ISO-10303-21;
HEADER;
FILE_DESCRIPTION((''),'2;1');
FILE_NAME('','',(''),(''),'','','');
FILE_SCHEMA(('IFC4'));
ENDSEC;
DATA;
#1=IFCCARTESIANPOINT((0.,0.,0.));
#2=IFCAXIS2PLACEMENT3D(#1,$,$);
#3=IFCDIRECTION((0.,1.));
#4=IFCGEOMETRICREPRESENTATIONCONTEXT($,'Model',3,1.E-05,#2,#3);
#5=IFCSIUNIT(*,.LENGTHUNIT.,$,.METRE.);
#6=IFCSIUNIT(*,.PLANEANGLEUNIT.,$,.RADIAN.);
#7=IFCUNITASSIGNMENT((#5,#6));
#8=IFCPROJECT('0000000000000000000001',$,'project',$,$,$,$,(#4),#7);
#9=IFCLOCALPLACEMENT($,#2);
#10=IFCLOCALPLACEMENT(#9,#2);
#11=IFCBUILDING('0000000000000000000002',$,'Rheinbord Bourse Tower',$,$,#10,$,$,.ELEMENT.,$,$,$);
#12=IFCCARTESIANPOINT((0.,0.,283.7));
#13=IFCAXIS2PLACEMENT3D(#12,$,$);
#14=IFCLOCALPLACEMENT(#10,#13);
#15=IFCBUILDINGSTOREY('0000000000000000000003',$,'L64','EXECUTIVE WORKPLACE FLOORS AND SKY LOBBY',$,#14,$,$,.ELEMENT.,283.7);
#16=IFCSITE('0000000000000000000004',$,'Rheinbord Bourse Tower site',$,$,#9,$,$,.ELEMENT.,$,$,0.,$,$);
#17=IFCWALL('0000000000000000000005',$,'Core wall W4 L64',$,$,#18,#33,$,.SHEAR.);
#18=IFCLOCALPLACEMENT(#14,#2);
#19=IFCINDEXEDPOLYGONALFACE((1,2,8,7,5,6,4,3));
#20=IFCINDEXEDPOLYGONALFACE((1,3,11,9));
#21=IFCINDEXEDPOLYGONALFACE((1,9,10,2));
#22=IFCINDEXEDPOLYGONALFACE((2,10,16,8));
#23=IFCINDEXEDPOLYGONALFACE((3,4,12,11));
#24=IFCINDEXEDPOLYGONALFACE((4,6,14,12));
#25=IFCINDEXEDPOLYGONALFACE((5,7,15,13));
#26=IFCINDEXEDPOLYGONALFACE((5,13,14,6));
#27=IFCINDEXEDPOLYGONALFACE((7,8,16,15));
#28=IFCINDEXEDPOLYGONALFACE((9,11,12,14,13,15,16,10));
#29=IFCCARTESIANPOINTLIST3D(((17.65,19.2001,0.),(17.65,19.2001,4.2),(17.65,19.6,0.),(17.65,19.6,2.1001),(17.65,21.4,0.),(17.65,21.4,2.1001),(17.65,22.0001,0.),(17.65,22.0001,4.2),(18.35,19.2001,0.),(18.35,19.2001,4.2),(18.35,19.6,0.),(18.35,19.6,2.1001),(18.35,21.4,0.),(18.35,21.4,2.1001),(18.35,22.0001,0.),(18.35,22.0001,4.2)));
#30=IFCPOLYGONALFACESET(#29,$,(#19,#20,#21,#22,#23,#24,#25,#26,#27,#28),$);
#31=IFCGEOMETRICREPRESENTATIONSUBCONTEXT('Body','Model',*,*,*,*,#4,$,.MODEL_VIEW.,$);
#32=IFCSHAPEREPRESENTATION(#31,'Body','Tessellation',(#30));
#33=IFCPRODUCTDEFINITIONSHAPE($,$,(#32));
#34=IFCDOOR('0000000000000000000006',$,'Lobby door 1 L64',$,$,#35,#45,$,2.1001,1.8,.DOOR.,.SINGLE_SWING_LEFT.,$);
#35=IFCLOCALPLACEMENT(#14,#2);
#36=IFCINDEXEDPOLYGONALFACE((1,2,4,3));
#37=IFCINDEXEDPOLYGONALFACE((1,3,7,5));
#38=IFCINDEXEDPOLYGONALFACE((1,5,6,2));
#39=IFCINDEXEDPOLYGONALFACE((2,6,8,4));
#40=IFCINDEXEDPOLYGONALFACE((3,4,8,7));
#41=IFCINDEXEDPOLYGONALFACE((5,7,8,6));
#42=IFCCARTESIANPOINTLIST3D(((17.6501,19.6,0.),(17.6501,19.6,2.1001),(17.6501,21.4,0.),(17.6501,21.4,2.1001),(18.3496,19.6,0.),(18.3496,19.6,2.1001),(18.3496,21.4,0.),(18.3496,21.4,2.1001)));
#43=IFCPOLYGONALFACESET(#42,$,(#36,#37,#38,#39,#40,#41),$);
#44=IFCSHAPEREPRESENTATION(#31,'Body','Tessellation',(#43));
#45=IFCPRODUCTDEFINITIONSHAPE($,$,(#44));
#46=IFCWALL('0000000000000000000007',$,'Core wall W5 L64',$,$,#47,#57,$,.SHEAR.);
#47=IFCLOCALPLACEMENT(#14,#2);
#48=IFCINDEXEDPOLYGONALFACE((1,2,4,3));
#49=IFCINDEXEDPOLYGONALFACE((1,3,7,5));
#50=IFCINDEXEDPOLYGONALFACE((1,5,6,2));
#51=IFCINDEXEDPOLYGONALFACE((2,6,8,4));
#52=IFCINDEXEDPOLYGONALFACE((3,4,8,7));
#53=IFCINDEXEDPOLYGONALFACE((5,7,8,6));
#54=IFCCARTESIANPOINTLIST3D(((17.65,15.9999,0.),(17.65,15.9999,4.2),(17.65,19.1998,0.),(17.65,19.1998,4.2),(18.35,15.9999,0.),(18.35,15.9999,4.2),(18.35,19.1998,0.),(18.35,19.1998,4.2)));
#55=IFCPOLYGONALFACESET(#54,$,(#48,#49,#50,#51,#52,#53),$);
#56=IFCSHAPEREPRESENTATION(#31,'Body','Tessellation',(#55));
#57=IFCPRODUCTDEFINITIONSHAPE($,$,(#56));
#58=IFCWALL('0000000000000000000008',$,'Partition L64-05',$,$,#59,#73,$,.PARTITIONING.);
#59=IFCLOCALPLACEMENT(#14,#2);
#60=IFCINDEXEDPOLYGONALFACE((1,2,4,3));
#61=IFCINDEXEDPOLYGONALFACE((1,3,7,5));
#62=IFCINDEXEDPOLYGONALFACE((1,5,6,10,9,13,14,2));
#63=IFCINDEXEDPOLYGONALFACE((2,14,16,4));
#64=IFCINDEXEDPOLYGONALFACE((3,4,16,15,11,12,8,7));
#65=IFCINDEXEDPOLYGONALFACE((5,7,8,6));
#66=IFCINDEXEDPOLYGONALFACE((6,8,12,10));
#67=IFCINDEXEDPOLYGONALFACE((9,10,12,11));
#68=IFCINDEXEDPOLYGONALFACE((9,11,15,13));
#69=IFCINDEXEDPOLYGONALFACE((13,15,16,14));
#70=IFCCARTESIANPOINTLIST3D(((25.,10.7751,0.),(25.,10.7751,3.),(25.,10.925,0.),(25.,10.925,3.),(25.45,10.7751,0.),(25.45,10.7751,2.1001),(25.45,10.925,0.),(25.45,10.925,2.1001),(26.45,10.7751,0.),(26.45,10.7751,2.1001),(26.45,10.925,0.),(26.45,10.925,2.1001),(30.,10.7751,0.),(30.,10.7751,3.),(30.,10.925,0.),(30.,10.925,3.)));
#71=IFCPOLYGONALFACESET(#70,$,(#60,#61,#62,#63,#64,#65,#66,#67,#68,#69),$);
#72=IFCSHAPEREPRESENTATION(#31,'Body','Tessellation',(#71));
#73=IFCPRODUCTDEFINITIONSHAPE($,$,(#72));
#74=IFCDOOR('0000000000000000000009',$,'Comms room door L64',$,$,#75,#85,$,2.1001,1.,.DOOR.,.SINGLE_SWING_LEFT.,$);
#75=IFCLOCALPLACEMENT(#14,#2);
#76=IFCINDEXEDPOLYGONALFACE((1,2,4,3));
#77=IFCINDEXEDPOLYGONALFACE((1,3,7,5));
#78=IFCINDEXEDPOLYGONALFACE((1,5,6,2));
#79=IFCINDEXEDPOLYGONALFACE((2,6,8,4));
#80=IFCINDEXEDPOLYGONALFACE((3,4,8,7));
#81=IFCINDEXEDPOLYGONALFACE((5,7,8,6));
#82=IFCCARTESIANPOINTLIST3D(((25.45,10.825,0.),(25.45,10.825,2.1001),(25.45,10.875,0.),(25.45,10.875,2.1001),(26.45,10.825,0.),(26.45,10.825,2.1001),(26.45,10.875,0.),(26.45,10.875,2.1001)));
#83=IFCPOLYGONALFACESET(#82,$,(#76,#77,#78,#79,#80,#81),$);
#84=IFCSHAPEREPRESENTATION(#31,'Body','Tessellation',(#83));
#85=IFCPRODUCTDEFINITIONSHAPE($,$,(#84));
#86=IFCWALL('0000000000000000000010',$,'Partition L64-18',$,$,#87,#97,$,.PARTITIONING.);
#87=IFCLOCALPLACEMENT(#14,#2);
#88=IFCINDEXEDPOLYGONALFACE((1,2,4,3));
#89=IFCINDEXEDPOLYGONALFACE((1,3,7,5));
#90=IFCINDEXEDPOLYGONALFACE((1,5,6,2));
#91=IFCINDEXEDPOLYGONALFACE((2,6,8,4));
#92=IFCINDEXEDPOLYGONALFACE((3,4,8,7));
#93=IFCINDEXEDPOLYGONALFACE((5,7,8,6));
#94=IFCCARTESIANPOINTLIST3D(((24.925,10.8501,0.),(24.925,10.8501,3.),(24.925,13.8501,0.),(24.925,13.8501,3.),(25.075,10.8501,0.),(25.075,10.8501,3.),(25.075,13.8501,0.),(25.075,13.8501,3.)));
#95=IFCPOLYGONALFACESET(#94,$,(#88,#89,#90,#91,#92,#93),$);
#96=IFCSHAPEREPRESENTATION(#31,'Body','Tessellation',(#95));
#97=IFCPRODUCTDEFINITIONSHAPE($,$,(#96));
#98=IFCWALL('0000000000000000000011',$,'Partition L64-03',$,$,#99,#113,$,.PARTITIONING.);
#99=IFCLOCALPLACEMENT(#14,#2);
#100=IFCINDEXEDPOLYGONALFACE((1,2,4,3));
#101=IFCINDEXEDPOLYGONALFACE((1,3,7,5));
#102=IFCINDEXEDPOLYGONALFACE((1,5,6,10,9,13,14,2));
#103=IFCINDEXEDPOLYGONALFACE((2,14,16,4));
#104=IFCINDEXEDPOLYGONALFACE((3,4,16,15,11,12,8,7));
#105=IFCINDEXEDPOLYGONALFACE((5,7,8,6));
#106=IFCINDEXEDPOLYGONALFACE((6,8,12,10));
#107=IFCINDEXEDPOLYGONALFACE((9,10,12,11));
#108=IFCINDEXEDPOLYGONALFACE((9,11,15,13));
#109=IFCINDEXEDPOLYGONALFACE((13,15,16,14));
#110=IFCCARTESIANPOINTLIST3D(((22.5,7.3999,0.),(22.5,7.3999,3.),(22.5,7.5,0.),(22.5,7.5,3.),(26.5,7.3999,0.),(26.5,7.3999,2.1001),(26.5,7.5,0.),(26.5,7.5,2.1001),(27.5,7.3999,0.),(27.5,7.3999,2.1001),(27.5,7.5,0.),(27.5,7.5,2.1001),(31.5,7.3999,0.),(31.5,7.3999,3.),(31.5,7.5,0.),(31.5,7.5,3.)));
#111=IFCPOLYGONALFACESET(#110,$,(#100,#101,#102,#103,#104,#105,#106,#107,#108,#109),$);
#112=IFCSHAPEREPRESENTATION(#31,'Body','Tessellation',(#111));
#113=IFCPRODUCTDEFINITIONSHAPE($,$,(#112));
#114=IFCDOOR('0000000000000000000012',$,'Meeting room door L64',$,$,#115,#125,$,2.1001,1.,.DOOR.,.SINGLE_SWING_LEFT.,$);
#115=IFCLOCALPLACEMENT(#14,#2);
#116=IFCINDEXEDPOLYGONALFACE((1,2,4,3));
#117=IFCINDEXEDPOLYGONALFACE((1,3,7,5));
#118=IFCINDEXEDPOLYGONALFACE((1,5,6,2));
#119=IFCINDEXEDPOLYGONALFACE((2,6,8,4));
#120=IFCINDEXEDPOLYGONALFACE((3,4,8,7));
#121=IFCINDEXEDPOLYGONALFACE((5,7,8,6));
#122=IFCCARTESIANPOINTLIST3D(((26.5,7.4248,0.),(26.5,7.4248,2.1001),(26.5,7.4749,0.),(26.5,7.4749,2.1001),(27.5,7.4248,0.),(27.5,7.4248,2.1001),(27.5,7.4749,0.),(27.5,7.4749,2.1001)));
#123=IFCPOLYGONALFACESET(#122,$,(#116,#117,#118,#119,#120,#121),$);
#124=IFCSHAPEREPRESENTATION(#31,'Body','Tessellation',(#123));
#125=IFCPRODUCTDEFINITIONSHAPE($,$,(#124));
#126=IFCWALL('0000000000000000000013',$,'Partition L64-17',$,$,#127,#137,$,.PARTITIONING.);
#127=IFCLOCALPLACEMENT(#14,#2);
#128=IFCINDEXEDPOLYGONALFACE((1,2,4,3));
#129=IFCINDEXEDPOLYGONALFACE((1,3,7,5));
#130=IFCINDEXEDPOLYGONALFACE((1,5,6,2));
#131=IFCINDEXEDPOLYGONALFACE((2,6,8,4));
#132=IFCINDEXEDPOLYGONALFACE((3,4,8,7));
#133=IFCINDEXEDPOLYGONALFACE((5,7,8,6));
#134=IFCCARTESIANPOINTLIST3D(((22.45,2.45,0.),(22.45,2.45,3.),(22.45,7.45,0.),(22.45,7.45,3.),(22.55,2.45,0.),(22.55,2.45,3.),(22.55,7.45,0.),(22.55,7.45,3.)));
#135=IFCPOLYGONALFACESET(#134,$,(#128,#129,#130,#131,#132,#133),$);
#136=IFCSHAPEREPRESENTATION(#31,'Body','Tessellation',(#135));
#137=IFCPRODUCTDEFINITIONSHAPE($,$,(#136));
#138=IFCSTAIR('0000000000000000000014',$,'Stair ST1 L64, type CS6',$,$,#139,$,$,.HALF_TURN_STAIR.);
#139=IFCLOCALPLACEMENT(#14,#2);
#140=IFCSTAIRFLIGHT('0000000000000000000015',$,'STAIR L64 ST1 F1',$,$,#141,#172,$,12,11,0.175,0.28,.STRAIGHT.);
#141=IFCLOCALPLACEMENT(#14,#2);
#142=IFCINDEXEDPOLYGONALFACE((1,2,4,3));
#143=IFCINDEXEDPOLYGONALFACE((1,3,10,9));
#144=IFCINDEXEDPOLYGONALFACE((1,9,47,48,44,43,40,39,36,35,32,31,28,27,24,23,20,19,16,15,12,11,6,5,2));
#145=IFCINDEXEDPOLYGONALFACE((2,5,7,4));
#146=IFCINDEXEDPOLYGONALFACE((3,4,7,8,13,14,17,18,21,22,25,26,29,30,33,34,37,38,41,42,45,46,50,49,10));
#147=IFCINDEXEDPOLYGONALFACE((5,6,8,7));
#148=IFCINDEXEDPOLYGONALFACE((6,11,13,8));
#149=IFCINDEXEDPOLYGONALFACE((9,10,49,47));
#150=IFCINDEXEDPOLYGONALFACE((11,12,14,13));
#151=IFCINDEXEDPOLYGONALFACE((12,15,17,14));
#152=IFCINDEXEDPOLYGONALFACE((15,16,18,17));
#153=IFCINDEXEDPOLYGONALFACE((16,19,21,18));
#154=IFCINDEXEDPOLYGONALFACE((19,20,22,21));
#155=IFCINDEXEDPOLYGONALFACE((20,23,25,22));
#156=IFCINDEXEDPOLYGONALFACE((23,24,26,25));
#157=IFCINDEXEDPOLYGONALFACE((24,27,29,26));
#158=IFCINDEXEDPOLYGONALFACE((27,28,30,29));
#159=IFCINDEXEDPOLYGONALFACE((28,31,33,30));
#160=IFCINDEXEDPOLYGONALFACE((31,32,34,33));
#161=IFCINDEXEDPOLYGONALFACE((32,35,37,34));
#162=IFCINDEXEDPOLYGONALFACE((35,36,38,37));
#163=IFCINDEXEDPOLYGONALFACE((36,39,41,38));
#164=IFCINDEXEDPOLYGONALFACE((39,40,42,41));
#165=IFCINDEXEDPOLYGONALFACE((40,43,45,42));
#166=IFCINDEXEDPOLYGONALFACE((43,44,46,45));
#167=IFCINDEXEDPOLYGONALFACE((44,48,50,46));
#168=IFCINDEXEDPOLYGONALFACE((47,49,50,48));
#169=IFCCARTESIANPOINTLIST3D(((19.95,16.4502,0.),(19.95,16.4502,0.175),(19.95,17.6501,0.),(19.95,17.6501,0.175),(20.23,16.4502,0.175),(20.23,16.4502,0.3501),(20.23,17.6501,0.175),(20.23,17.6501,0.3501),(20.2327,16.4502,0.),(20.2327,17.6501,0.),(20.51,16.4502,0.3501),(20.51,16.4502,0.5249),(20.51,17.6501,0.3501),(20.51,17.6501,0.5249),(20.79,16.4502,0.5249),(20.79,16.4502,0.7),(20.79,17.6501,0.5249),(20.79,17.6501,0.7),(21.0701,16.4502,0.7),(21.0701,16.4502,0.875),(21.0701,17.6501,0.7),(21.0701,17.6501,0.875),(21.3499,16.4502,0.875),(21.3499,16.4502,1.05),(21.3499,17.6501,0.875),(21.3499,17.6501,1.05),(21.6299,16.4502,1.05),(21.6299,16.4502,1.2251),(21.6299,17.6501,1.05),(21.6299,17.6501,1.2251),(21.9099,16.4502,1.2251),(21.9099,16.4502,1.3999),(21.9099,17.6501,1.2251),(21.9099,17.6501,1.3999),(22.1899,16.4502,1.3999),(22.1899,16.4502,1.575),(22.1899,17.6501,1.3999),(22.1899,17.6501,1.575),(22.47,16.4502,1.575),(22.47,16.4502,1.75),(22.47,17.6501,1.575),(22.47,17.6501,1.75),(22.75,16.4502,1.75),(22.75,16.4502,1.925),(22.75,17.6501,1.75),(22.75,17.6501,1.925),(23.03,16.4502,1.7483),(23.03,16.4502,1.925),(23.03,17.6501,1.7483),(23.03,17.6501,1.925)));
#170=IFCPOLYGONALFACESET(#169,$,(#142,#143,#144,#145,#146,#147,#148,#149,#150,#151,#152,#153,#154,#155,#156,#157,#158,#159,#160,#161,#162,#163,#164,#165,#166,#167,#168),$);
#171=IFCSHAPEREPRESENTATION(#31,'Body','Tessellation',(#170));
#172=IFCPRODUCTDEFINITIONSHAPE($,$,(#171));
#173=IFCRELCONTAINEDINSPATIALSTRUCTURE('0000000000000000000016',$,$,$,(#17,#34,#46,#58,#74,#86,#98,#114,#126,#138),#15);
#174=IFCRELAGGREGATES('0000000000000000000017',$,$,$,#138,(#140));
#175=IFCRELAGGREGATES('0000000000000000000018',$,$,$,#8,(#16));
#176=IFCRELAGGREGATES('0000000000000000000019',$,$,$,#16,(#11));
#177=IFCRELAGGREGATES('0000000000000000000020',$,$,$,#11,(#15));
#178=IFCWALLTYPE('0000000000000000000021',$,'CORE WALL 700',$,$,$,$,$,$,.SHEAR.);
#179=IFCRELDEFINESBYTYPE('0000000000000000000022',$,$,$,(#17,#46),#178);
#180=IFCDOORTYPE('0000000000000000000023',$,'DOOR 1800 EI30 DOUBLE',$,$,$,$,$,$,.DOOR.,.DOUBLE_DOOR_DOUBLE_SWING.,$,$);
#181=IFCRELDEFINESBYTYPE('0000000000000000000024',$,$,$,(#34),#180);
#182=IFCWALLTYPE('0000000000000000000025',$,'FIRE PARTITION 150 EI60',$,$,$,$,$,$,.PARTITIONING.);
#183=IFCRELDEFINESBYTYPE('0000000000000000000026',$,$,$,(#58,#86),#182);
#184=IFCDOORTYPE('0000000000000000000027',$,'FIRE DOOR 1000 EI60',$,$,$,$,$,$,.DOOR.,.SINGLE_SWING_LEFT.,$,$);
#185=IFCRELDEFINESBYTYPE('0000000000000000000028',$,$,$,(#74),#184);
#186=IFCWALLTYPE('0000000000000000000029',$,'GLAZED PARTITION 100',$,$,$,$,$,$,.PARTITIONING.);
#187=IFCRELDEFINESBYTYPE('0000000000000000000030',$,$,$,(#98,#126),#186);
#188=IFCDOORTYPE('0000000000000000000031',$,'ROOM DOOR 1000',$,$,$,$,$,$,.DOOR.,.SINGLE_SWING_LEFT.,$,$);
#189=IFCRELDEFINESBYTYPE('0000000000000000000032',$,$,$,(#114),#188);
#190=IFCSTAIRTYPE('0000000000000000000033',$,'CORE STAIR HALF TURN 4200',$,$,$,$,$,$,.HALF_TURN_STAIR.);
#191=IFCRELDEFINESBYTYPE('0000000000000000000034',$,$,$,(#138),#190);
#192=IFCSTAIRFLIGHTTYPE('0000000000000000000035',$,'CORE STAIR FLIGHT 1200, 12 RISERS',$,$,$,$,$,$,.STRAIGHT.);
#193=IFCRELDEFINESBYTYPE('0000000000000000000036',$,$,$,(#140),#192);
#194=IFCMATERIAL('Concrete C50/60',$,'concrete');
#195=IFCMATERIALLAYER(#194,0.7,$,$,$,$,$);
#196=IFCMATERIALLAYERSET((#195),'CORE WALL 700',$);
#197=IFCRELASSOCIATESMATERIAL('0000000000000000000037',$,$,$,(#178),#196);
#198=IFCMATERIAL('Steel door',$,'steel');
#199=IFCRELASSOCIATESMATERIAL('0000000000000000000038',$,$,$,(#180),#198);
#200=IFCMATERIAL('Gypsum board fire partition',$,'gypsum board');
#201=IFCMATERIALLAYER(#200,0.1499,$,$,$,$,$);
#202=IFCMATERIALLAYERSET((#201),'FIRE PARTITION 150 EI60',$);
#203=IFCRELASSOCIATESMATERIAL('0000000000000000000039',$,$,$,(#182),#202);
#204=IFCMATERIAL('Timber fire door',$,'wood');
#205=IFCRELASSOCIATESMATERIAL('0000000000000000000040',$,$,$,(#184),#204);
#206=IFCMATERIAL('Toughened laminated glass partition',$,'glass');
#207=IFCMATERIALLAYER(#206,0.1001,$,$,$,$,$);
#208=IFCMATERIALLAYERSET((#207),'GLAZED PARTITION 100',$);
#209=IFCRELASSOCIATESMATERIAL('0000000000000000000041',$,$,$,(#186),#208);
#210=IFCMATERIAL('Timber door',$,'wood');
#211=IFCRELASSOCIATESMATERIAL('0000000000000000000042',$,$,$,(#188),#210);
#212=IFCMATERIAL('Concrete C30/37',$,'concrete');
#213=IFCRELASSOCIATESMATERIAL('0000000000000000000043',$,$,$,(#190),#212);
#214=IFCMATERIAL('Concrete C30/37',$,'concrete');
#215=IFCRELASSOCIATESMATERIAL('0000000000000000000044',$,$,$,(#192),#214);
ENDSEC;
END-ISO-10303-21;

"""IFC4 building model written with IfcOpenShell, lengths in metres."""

from ifc_helpers import new_model, si_unit, direction, frame, frame_2d, origin, place, context, subcontext, project, spatial, polyline, rectangle, outline, extrude, material, layer, layer_set, type_object, element, fill, aggregate, save


model = new_model("IFC4")

# Units and contexts
model_context = context("Model", 3, precision=1e-05, world=origin(), true_north=direction((0.0, 1.0)))
body_context = subcontext(model_context, "Body", "Model", "MODEL_VIEW")
ifc_project = project(units=[si_unit("LENGTHUNIT", "METRE"), si_unit("PLANEANGLEUNIT", "RADIAN")], contexts=[model_context])

# Site, building, storey
site_placement = place(None, origin())
site = spatial("IfcSite", under=ifc_project, at=site_placement, Name="Rheinbord Bourse Tower site", CompositionType="ELEMENT", RefElevation=0.0)
building_placement = place(site_placement, origin())
building = spatial("IfcBuilding", under=site, at=building_placement, Name="Rheinbord Bourse Tower", CompositionType="ELEMENT")
storey_placement = place(building_placement, frame((0.0, 0.0, 283.7)))
storey = spatial("IfcBuildingStorey", under=building, at=storey_placement, Name="L64", Description="EXECUTIVE WORKPLACE FLOORS AND SKY LOBBY", CompositionType="ELEMENT", Elevation=283.7)

# Shared definitions
ifc_material_1 = material(Name="Concrete C50/60", Category="concrete")
ifc_layer_1 = layer(ifc_material_1, 0.7)
ifc_layer_set_1 = layer_set([ifc_layer_1], Name="CORE WALL 700")
wall_type_1 = type_object("IfcWallType", Name="CORE WALL 700", PredefinedType="SHEAR", material=ifc_layer_set_1)

# Wall, opening, door
wall_1_placement = place(storey_placement, frame((18.0, 22.0, 0.0), z_axis=(0.0, 0.0, 1.0), x_axis=(0.0, -1.0, 0.0)))
wall_1 = element("IfcWall", 1, at=wall_1_placement, inside=storey, type_object=wall_type_1, Name="Core wall W4 L64", PredefinedType="SHEAR", context=body_context, shape_type="SweptSolid", body=[
    extrude(rectangle(XDim=2.8, YDim=0.7, at=frame_2d((1.3999, 0.0))), origin(), (0.0, 0.0, 1.0), 4.2),
])
opening_1_placement = place(wall_1_placement, frame((0.6001, 0.0, 0.0)))
opening_1 = element("IfcOpeningElement", 2, at=opening_1_placement, cuts=wall_1, PredefinedType="OPENING", context=body_context, shape_type="SweptSolid", body=[
    extrude(rectangle(XDim=1.8, YDim=2.1001, at=frame_2d((0.8999, 1.05))), frame((0.0, 0.3599, 0.0), z_axis=(0.0, -1.0, 0.0), x_axis=(1.0, 0.0, 0.0)), (0.0, 0.0, 1.0), 0.72),
])
ifc_material_2 = material(Name="Steel door", Category="steel")
door_type_1 = type_object("IfcDoorType", Name="DOOR 1800 EI30 DOUBLE", OperationType="DOUBLE_DOOR_DOUBLE_SWING", PredefinedType="DOOR", material=ifc_material_2)
door_1_placement = place(opening_1_placement, origin())
door_1 = element("IfcDoor", 3, at=door_1_placement, inside=storey, type_object=door_type_1, Name="Lobby door 1 L64", OperationType="SINGLE_SWING_LEFT", OverallHeight=2.1001, OverallWidth=1.8, PredefinedType="DOOR", context=body_context, shape_type="SweptSolid", body=[
    extrude(rectangle(XDim=1.8, YDim=2.1001, at=frame_2d((0.8999, 1.05))), frame((0.0, 0.3496, 0.0), z_axis=(0.0, -1.0, 0.0), x_axis=(1.0, 0.0, 0.0)), (0.0, 0.0, 1.0), 0.6995),
])
fill(opening_1, door_1)

# Wall
wall_2_placement = place(storey_placement, frame((18.0, 19.2, 0.0), z_axis=(0.0, 0.0, 1.0), x_axis=(0.0, -1.0, 0.0)))
element("IfcWall", 4, at=wall_2_placement, inside=storey, type_object=wall_type_1, Name="Core wall W5 L64", PredefinedType="SHEAR", context=body_context, shape_type="SweptSolid", body=[
    extrude(rectangle(XDim=3.2, YDim=0.7, at=frame_2d((1.6001, 0.0))), origin(), (0.0, 0.0, 1.0), 4.2),
])

# Wall, opening, door
ifc_material_3 = material(Name="Gypsum board fire partition", Category="gypsum board")
ifc_layer_2 = layer(ifc_material_3, 0.1499)
ifc_layer_set_2 = layer_set([ifc_layer_2], Name="FIRE PARTITION 150 EI60")
wall_type_2 = type_object("IfcWallType", Name="FIRE PARTITION 150 EI60", PredefinedType="PARTITIONING", material=ifc_layer_set_2)
wall_3_placement = place(storey_placement, frame((25.0, 10.8501, 0.0), z_axis=(0.0, 0.0, 1.0), x_axis=(1.0, 0.0, 0.0)))
wall_3 = element("IfcWall", 5, at=wall_3_placement, inside=storey, type_object=wall_type_2, Name="Partition L64-05", PredefinedType="PARTITIONING", context=body_context, shape_type="SweptSolid", body=[
    extrude(rectangle(XDim=5.0, YDim=0.1499, at=frame_2d((2.5, 0.0))), origin(), (0.0, 0.0, 1.0), 3.0),
])
opening_2_placement = place(wall_3_placement, frame((0.45, 0.0, 0.0)))
opening_2 = element("IfcOpeningElement", 6, at=opening_2_placement, cuts=wall_3, PredefinedType="OPENING", context=body_context, shape_type="SweptSolid", body=[
    extrude(rectangle(XDim=1.0, YDim=2.1001, at=frame_2d((0.5, 1.05))), frame((0.0, 0.085, 0.0), z_axis=(0.0, -1.0, 0.0), x_axis=(1.0, 0.0, 0.0)), (0.0, 0.0, 1.0), 0.1699),
])
ifc_material_4 = material(Name="Timber fire door", Category="wood")
door_type_2 = type_object("IfcDoorType", Name="FIRE DOOR 1000 EI60", OperationType="SINGLE_SWING_LEFT", PredefinedType="DOOR", material=ifc_material_4)
door_2_placement = place(opening_2_placement, origin())
door_2 = element("IfcDoor", 7, at=door_2_placement, inside=storey, type_object=door_type_2, Name="Comms room door L64", OperationType="SINGLE_SWING_LEFT", OverallHeight=2.1001, OverallWidth=1.0, PredefinedType="DOOR", context=body_context, shape_type="SweptSolid", body=[
    extrude(rectangle(XDim=1.0, YDim=2.1001, at=frame_2d((0.5, 1.05))), frame((0.0, 0.0249, 0.0), z_axis=(0.0, -1.0, 0.0), x_axis=(1.0, 0.0, 0.0)), (0.0, 0.0, 1.0), 0.05),
])
fill(opening_2, door_2)

# Wall
wall_4_placement = place(storey_placement, frame((25.0, 10.8501, 0.0), z_axis=(0.0, 0.0, 1.0), x_axis=(0.0, 1.0, 0.0)))
element("IfcWall", 8, at=wall_4_placement, inside=storey, type_object=wall_type_2, Name="Partition L64-18", PredefinedType="PARTITIONING", context=body_context, shape_type="SweptSolid", body=[
    extrude(rectangle(XDim=3.0, YDim=0.1499, at=frame_2d((1.5, 0.0))), origin(), (0.0, 0.0, 1.0), 3.0),
])

# Wall, opening, door
ifc_material_5 = material(Name="Toughened laminated glass partition", Category="glass")
ifc_layer_3 = layer(ifc_material_5, 0.1001)
ifc_layer_set_3 = layer_set([ifc_layer_3], Name="GLAZED PARTITION 100")
wall_type_3 = type_object("IfcWallType", Name="GLAZED PARTITION 100", PredefinedType="PARTITIONING", material=ifc_layer_set_3)
wall_5_placement = place(storey_placement, frame((22.5, 7.45, 0.0), z_axis=(0.0, 0.0, 1.0), x_axis=(1.0, 0.0, 0.0)))
wall_5 = element("IfcWall", 9, at=wall_5_placement, inside=storey, type_object=wall_type_3, Name="Partition L64-03", PredefinedType="PARTITIONING", context=body_context, shape_type="SweptSolid", body=[
    extrude(rectangle(XDim=9.0, YDim=0.1001, at=frame_2d((4.5, 0.0))), origin(), (0.0, 0.0, 1.0), 3.0),
])
opening_3_placement = place(wall_5_placement, frame((4.0, 0.0, 0.0)))
opening_3 = element("IfcOpeningElement", 10, at=opening_3_placement, cuts=wall_5, PredefinedType="OPENING", context=body_context, shape_type="SweptSolid", body=[
    extrude(rectangle(XDim=1.0, YDim=2.1001, at=frame_2d((0.5, 1.05))), frame((0.0, 0.0601, 0.0), z_axis=(0.0, -1.0, 0.0), x_axis=(1.0, 0.0, 0.0)), (0.0, 0.0, 1.0), 0.1201),
])
ifc_material_6 = material(Name="Timber door", Category="wood")
door_type_3 = type_object("IfcDoorType", Name="ROOM DOOR 1000", OperationType="SINGLE_SWING_LEFT", PredefinedType="DOOR", material=ifc_material_6)
door_3_placement = place(opening_3_placement, origin())
door_3 = element("IfcDoor", 11, at=door_3_placement, inside=storey, type_object=door_type_3, Name="Meeting room door L64", OperationType="SINGLE_SWING_LEFT", OverallHeight=2.1001, OverallWidth=1.0, PredefinedType="DOOR", context=body_context, shape_type="SweptSolid", body=[
    extrude(rectangle(XDim=1.0, YDim=2.1001, at=frame_2d((0.5, 1.05))), frame((0.0, 0.0249, 0.0), z_axis=(0.0, -1.0, 0.0), x_axis=(1.0, 0.0, 0.0)), (0.0, 0.0, 1.0), 0.05),
])
fill(opening_3, door_3)

# Wall
wall_6_placement = place(storey_placement, frame((22.5, 2.45, 0.0), z_axis=(0.0, 0.0, 1.0), x_axis=(0.0, 1.0, 0.0)))
element("IfcWall", 12, at=wall_6_placement, inside=storey, type_object=wall_type_3, Name="Partition L64-17", PredefinedType="PARTITIONING", context=body_context, shape_type="SweptSolid", body=[
    extrude(rectangle(XDim=5.0, YDim=0.1001, at=frame_2d((2.5, 0.0))), origin(), (0.0, 0.0, 1.0), 3.0),
])

# Stair, stair flight
ifc_material_7 = material(Name="Concrete C30/37", Category="concrete")
stair_type = type_object("IfcStairType", Name="CORE STAIR HALF TURN 4200", PredefinedType="HALF_TURN_STAIR", material=ifc_material_7)
stair_placement = place(storey_placement, origin())
stair = element("IfcStair", 13, at=stair_placement, inside=storey, type_object=stair_type, Name="Stair ST1 L64, type CS6", PredefinedType="HALF_TURN_STAIR")
ifc_material_8 = material(Name="Concrete C30/37", Category="concrete")
stair_flight_type = type_object("IfcStairFlightType", Name="CORE STAIR FLIGHT 1200, 12 RISERS", PredefinedType="STRAIGHT", material=ifc_material_8)
stair_flight_1_placement = place(storey_placement, frame((19.95, 17.05, 0.0), z_axis=(0.0, 0.0, 1.0), x_axis=(1.0, 0.0, 0.0)))
stair_flight_1 = element("IfcStairFlight", 14, at=stair_flight_1_placement, type_object=stair_flight_type, Name="STAIR L64 ST1 F1", NumberOfRisers=12, NumberOfTreads=11, PredefinedType="STRAIGHT", RiserHeight=0.175, TreadLength=0.28, context=body_context, shape_type="SweptSolid", body=[
    extrude(outline(polyline([(0.0, 0.0), (0.0, 0.175), (0.28, 0.175), (0.28, 0.3501), (0.5601, 0.3501), (0.5601, 0.5249), (0.8401, 0.5249), (0.8401, 0.7), (1.1201, 0.7), (1.1201, 0.875), (1.3999, 0.875), (1.3999, 1.05), (1.6799, 1.05), (1.6799, 1.2251), (1.96, 1.2251), (1.96, 1.3999), (2.24, 1.3999), (2.24, 1.575), (2.52, 1.575), (2.52, 1.75), (2.8, 1.75), (2.8, 1.925), (3.0801, 1.925), (3.0801, 2.1001), (3.0801, 1.7483), (0.2827, 0.0), (0.0, 0.0)])), frame((0.0, 0.6001, 0.0), z_axis=(0.0, -1.0, 0.0), x_axis=(1.0, 0.0, 0.0)), (0.0, 0.0, 1.0), 1.2),
])
aggregate(stair, [stair_flight_1])

save(model, "model.ifc")
